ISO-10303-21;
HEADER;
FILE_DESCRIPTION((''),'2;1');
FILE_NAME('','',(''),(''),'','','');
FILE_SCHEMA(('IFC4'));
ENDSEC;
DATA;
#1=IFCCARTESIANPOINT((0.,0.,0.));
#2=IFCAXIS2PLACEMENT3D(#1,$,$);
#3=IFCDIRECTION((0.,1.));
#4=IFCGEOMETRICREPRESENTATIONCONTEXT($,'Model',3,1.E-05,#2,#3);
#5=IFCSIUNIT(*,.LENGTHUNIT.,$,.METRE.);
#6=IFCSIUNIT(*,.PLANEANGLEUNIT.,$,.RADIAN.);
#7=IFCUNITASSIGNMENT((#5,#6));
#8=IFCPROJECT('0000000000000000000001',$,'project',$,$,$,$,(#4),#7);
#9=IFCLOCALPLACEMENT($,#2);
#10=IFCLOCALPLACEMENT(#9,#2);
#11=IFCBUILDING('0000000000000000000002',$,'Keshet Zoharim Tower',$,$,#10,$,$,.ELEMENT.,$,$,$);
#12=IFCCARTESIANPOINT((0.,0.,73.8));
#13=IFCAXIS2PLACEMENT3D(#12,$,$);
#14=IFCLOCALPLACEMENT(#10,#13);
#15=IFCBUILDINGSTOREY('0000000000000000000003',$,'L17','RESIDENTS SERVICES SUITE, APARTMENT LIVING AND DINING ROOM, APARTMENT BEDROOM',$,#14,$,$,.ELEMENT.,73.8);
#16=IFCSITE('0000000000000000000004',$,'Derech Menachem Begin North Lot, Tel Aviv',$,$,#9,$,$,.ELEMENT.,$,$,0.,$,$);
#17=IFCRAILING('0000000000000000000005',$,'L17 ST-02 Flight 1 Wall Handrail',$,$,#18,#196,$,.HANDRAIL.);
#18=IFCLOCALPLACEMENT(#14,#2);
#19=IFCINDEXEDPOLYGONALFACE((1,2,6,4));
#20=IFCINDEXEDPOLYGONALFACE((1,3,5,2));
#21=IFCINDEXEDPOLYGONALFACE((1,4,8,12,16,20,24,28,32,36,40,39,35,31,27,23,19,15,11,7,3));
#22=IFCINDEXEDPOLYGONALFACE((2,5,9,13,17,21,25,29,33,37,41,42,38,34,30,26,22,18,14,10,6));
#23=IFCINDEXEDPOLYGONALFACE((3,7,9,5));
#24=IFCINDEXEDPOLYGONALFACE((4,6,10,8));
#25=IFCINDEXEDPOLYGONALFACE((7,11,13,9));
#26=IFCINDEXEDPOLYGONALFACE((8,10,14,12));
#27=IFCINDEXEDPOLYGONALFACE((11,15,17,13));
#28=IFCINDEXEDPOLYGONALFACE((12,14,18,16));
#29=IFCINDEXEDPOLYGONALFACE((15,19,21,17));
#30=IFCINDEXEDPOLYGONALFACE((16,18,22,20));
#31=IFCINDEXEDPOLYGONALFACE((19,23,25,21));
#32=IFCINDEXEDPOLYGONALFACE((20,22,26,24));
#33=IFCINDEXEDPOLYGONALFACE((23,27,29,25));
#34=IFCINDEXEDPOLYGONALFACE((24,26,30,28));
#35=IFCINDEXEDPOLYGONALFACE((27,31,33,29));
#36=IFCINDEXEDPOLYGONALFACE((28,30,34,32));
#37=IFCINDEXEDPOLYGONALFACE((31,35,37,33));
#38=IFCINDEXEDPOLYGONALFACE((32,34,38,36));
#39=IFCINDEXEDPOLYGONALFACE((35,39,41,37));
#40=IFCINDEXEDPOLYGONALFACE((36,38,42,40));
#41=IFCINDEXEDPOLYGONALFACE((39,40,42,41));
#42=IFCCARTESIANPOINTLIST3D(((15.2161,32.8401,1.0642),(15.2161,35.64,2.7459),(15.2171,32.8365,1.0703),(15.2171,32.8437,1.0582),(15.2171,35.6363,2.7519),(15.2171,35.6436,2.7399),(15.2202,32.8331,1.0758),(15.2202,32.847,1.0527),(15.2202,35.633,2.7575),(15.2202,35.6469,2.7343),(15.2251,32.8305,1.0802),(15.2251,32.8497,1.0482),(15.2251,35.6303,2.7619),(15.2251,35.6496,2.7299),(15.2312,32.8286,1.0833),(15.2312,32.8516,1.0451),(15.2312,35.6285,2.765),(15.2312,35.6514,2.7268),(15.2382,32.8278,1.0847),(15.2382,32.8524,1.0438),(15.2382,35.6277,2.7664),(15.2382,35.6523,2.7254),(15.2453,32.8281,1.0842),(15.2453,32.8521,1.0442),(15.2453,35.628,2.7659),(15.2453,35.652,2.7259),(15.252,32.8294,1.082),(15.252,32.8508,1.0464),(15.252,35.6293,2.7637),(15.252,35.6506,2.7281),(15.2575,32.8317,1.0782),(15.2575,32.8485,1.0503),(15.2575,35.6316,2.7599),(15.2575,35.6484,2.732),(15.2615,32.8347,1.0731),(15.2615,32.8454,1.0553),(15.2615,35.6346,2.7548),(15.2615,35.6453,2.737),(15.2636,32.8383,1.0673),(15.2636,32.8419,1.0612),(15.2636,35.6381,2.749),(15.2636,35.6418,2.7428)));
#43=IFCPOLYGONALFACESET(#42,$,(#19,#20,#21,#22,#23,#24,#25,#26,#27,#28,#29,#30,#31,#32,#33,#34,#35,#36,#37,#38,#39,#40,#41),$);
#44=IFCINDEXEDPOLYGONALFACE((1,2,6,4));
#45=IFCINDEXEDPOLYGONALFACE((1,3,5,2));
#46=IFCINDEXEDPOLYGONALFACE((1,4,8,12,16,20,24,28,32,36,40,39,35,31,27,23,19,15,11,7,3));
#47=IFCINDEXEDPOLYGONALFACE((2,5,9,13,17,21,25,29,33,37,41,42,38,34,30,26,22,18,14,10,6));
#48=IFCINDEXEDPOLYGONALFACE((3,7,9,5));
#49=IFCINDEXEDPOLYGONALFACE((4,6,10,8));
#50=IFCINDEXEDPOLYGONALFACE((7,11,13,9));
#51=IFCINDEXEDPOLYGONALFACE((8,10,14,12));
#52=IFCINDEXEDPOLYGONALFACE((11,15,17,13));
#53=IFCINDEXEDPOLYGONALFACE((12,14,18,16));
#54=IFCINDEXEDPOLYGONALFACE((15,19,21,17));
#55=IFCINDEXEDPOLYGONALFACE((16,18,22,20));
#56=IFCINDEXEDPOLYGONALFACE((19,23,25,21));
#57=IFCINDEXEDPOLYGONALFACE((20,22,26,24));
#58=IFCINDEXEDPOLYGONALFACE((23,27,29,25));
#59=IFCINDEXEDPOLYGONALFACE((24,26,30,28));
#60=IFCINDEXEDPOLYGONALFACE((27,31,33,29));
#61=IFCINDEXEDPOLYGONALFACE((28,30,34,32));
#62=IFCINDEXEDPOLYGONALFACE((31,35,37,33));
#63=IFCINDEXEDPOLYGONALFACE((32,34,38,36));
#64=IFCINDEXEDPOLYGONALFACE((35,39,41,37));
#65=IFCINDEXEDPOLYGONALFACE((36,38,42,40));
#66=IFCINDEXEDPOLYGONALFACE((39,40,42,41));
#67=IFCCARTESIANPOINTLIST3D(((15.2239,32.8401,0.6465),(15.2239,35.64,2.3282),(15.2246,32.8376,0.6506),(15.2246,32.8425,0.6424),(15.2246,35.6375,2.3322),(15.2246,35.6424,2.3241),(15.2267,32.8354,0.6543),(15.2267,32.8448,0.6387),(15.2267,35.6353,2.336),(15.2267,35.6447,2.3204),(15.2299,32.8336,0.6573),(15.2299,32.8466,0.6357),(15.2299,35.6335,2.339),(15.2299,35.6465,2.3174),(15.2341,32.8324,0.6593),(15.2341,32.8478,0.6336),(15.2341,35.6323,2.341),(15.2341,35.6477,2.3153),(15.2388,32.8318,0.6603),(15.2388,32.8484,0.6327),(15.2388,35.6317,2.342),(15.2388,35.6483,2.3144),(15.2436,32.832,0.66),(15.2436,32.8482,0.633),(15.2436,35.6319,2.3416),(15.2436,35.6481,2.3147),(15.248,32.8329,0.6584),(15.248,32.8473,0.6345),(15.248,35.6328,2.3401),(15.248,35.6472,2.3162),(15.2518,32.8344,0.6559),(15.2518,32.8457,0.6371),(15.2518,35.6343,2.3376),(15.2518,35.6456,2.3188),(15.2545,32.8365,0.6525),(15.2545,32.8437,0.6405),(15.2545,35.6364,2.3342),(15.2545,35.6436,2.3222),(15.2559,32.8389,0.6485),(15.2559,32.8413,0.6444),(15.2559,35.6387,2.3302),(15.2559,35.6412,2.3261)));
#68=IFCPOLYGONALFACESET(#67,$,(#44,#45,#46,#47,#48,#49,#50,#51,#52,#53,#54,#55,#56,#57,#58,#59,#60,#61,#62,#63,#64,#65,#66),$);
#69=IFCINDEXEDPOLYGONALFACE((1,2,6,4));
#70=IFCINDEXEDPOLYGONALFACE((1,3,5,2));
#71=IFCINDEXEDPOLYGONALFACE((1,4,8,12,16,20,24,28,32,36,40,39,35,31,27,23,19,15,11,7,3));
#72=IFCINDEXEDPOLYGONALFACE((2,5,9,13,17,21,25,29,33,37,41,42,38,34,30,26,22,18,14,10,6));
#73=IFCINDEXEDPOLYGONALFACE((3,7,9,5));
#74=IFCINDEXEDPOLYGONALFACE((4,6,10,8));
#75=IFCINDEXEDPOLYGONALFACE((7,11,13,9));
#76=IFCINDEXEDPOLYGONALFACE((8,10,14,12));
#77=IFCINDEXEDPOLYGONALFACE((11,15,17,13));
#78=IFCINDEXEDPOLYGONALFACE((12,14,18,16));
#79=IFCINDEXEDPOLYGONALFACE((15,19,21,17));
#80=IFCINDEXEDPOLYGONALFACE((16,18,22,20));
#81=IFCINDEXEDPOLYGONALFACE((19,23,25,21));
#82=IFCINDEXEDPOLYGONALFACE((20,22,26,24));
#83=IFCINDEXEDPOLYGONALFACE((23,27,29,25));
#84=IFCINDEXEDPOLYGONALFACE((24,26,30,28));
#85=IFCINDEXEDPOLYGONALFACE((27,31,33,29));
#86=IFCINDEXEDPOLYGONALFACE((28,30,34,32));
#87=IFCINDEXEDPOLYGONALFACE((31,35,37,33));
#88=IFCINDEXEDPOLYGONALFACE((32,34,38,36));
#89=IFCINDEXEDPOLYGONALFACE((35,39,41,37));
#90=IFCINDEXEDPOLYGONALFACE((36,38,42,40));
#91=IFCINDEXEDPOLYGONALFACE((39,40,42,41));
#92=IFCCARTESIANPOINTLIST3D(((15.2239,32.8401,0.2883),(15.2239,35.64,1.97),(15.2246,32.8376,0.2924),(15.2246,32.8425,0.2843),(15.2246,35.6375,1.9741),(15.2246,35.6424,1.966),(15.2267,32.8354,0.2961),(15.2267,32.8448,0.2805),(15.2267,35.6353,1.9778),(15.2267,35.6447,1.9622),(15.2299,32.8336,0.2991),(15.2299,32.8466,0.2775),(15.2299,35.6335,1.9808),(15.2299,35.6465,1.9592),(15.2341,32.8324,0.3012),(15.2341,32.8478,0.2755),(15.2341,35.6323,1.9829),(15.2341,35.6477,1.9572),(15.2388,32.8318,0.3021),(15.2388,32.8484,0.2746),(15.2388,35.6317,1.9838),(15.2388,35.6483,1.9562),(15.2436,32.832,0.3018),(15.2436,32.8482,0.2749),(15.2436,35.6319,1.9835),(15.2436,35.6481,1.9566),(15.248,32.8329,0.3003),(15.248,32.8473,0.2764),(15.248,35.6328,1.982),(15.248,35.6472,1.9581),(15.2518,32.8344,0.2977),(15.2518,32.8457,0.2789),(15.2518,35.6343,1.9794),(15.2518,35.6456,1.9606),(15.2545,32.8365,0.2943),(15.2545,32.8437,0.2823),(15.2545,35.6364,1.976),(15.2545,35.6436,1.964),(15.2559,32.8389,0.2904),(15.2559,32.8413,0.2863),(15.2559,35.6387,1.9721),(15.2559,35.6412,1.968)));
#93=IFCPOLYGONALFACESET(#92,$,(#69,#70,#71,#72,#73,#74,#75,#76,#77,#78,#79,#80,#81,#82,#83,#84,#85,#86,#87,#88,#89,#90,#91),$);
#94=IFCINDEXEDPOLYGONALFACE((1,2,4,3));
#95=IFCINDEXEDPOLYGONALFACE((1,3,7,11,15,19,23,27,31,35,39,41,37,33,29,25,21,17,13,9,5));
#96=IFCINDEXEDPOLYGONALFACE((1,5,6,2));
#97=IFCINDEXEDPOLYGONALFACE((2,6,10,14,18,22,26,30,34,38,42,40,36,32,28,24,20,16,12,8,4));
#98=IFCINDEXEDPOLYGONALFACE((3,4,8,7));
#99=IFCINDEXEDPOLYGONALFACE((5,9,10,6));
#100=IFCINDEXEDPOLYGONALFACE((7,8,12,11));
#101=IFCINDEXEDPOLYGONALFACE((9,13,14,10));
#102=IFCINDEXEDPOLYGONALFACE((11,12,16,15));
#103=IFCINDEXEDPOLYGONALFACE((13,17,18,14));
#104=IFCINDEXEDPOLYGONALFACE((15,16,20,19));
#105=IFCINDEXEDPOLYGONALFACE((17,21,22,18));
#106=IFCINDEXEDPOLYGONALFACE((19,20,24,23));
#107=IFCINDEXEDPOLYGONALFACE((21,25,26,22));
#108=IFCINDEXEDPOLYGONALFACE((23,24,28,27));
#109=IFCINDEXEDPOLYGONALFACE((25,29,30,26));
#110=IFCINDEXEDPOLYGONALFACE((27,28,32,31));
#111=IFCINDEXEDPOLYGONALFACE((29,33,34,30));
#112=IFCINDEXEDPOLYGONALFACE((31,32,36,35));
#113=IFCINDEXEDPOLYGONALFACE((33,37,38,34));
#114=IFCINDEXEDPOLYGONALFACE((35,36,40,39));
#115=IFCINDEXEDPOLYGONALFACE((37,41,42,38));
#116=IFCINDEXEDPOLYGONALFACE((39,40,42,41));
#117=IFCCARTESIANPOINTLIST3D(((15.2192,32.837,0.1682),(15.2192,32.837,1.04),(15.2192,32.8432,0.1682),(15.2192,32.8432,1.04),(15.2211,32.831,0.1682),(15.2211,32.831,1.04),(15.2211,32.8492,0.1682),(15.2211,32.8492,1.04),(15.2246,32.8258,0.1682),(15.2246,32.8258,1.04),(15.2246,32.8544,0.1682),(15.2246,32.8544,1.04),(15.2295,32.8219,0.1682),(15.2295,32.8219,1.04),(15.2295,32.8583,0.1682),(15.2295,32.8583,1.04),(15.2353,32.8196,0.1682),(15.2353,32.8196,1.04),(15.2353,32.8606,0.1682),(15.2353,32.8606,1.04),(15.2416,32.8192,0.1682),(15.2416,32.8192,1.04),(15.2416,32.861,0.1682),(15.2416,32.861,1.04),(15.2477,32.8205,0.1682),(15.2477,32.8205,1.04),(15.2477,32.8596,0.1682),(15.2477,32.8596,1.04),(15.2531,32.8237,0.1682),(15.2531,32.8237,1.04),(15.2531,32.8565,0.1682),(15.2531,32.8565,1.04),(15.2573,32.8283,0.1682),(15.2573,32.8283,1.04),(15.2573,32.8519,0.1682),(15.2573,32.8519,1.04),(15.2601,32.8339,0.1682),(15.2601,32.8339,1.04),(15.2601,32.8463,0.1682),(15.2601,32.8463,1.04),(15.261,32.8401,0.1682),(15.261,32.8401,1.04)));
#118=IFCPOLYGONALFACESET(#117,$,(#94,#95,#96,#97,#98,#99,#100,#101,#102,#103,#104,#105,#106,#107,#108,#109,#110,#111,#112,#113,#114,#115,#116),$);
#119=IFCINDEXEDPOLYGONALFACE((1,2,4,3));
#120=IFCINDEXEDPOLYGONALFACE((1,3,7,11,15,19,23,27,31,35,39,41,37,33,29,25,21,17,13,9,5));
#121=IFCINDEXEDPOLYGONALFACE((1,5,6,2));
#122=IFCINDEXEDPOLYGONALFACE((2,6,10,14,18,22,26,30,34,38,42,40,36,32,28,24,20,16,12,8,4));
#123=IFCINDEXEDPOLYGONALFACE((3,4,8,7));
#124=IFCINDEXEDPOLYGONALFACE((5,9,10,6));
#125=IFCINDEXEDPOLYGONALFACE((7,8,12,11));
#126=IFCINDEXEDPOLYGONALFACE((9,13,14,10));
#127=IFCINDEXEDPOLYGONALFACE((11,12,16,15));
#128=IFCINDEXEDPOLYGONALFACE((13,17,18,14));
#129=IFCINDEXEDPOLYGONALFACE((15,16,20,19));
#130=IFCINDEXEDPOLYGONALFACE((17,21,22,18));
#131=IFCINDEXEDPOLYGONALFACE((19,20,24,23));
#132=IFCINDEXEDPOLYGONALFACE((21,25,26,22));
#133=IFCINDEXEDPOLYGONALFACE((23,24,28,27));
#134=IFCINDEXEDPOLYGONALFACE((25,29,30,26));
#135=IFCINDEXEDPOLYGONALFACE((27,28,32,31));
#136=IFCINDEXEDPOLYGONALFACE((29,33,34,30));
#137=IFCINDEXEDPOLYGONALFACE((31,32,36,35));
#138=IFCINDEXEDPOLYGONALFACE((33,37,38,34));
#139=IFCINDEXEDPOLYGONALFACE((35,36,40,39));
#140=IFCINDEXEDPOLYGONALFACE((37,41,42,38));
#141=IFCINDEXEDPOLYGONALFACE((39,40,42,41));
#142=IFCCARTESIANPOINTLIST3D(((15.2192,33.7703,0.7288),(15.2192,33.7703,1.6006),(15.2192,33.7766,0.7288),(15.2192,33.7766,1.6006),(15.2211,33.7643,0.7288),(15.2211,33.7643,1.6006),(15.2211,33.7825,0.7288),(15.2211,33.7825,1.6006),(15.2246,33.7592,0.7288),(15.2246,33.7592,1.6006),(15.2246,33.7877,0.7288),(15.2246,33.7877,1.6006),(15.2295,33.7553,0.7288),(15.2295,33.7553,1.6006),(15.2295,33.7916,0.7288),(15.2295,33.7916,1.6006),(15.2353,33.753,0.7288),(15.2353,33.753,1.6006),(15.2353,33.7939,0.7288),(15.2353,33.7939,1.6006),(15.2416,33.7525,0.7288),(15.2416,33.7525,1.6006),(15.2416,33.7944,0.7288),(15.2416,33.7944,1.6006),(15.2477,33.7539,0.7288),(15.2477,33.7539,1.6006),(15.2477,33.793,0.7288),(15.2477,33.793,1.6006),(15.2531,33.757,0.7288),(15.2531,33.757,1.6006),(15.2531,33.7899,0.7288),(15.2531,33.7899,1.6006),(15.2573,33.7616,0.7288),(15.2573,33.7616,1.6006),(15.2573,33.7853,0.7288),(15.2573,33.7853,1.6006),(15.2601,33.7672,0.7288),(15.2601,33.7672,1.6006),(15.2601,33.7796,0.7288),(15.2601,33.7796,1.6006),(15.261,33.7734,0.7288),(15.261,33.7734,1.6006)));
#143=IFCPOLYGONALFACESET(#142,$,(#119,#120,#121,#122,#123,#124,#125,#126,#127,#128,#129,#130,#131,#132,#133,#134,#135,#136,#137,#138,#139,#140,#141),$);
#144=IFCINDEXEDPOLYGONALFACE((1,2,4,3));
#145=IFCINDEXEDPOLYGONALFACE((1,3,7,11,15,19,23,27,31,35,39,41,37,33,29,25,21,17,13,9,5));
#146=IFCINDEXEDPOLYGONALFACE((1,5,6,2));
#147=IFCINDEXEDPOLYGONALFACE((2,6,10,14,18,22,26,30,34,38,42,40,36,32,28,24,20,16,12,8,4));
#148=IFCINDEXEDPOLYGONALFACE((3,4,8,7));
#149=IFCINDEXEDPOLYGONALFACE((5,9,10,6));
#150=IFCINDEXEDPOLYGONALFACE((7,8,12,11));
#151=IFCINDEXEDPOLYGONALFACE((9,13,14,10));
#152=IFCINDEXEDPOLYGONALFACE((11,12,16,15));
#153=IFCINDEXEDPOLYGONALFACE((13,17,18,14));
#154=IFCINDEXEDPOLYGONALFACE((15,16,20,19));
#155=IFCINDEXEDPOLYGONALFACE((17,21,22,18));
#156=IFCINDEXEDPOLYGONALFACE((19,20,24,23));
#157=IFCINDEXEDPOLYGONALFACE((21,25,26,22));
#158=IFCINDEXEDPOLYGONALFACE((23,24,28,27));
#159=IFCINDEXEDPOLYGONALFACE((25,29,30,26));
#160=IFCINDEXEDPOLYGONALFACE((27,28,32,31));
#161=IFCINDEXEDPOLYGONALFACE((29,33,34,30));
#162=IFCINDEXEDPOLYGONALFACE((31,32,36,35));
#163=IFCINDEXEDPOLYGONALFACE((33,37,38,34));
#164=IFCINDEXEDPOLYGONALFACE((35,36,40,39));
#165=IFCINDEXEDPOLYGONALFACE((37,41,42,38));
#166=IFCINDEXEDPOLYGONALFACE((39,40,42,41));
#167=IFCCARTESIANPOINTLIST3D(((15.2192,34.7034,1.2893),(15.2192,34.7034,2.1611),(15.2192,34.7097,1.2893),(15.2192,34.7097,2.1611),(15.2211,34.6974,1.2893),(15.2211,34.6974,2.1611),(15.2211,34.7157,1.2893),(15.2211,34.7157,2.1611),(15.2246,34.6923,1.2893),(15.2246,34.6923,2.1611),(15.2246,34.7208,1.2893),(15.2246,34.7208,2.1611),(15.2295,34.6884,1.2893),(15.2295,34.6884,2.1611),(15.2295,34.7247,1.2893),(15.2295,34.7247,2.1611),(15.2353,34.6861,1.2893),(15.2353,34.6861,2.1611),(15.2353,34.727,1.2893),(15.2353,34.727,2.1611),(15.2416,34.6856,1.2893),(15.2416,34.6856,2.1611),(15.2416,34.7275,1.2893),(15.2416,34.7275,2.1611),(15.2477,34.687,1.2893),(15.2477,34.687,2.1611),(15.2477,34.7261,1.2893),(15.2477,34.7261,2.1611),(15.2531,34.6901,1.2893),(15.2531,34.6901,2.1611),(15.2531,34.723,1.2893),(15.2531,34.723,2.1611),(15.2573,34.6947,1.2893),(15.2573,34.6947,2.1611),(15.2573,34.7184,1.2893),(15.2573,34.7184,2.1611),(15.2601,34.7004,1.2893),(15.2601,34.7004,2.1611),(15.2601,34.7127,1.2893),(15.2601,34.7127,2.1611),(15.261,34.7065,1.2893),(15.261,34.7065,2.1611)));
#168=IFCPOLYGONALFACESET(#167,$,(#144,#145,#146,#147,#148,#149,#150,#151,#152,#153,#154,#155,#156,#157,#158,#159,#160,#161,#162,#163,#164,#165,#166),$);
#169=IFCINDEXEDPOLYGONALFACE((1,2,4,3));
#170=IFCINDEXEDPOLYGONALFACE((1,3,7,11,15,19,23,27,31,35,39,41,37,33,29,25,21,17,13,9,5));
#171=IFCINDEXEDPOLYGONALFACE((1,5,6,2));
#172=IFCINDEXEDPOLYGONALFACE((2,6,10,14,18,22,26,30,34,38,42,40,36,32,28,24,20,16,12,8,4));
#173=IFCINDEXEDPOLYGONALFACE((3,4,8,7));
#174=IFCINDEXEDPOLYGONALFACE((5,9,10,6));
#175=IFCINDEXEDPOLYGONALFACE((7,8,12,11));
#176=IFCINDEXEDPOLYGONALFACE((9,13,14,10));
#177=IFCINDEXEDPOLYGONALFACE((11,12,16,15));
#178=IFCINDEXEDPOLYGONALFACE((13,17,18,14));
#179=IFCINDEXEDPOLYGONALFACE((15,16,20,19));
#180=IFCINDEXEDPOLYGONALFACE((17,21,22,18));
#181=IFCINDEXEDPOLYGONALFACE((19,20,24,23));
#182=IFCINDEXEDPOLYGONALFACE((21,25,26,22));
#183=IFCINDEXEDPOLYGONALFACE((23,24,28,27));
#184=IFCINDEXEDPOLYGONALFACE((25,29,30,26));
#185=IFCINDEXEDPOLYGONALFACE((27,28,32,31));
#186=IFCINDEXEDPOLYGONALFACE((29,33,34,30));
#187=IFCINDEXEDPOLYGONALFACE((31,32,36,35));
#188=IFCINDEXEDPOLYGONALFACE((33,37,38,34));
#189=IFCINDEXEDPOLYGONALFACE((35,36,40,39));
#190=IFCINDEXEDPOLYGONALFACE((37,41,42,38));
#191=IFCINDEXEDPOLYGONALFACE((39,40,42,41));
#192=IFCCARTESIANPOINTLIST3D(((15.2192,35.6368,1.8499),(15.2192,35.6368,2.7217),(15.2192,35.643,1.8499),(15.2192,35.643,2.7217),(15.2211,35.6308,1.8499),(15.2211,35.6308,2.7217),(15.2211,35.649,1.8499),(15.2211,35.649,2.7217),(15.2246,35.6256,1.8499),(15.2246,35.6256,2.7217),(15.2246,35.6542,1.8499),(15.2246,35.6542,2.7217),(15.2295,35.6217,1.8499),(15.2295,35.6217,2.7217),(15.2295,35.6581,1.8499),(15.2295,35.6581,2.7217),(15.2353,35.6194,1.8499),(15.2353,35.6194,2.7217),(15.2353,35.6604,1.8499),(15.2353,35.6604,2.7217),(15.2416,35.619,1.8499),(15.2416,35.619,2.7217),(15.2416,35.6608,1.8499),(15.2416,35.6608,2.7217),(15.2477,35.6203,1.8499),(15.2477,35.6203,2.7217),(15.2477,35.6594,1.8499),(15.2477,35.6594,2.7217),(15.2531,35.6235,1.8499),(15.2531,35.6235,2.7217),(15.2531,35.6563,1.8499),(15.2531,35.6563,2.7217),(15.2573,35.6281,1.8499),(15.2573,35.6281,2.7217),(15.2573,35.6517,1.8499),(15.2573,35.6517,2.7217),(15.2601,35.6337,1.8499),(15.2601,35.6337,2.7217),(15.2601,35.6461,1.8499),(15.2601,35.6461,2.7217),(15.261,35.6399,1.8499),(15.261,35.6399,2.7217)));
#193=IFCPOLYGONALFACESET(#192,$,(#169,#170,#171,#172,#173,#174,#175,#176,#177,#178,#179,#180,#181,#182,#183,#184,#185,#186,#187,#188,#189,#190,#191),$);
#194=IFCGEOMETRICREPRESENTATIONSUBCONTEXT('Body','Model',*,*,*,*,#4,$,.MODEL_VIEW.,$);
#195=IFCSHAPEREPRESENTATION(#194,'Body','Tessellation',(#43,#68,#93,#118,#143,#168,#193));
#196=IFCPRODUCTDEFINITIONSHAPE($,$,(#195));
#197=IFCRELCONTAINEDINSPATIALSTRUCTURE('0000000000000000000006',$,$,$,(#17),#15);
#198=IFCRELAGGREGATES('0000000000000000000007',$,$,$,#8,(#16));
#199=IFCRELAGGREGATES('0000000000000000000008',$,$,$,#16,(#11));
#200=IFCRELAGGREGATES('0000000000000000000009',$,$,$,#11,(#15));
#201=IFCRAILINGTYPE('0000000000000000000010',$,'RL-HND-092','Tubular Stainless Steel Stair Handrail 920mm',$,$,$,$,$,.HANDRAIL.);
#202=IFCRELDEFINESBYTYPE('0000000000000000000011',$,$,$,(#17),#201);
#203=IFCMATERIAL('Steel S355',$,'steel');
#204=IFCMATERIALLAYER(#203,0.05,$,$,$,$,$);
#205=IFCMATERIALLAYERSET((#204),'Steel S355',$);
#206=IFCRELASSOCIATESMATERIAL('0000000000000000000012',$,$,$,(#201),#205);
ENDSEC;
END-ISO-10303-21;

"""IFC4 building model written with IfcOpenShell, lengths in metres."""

from ifc_helpers import new_model, si_unit, direction, frame, origin, origin_2d, place, context, subcontext, project, spatial, circle, extrude, material, layer, layer_set, type_object, element, save


model = new_model("IFC4")

# Units and contexts
model_context = context("Model", 3, precision=1e-05, world=origin(), true_north=direction((0.0, 1.0)))
body_context = subcontext(model_context, "Body", "Model", "MODEL_VIEW")
ifc_project = project(units=[si_unit("LENGTHUNIT", "METRE"), si_unit("PLANEANGLEUNIT", "RADIAN")], contexts=[model_context])

# Site, building, storey
site_placement = place(None, origin())
site = spatial("IfcSite", under=ifc_project, at=site_placement, Name="Derech Menachem Begin North Lot, Tel Aviv", CompositionType="ELEMENT", RefElevation=0.0)
building_placement = place(site_placement, origin())
building = spatial("IfcBuilding", under=site, at=building_placement, Name="Keshet Zoharim Tower", CompositionType="ELEMENT")
storey_placement = place(building_placement, frame((0.0, 0.0, 73.8)))
storey = spatial("IfcBuildingStorey", under=building, at=storey_placement, Name="L17", Description="RESIDENTS SERVICES SUITE, APARTMENT LIVING AND DINING ROOM, APARTMENT BEDROOM", CompositionType="ELEMENT", Elevation=73.8)

# Shared definitions
ifc_material_1 = material(Name="Steel S355", Category="steel")

# Railing
ifc_layer_1 = layer(ifc_material_1, 0.05)
ifc_layer_set_1 = layer_set([ifc_layer_1], Name="Steel S355")
railing_type_1 = type_object("IfcRailingType", Name="RL-HND-092", Description="Tubular Stainless Steel Stair Handrail 920mm", PredefinedType="HANDRAIL", material=ifc_layer_set_1)
railing_1_placement = place(storey_placement, frame((15.24, 32.8401, 0.1682)))
element("IfcRailing", 1, at=railing_1_placement, inside=storey, type_object=railing_type_1, Name="L17 ST-02 Flight 1 Wall Handrail", PredefinedType="HANDRAIL", context=body_context, shape_type="SweptSolid", body=[
    extrude(circle(Radius=0.0239, at=origin_2d()), frame((0.0, 0.0, 0.896), z_axis=(0.0, 0.857255, 0.514891), x_axis=(-1.0, 0.0, 0.0)), (0.0, 0.0, 1.0), 3.2661),
    extrude(circle(Radius=0.0161, at=origin_2d()), frame((0.0, 0.0, 0.4783), z_axis=(0.0, 0.857255, 0.514891), x_axis=(-1.0, 0.0, 0.0)), (0.0, 0.0, 1.0), 3.2661),
    extrude(circle(Radius=0.0161, at=origin_2d()), frame((0.0, 0.0, 0.1201), z_axis=(0.0, 0.857255, 0.514891), x_axis=(-1.0, 0.0, 0.0)), (0.0, 0.0, 1.0), 3.2661),
    extrude(circle(Radius=0.021, at=origin_2d()), origin(), (0.0, 0.0, 1.0), 0.8718),
    extrude(circle(Radius=0.021, at=origin_2d()), frame((0.0, 0.9333, 0.5605)), (0.0, 0.0, 1.0), 0.8718),
    extrude(circle(Radius=0.021, at=origin_2d()), frame((0.0, 1.8665, 1.1211)), (0.0, 0.0, 1.0), 0.8718),
    extrude(circle(Radius=0.021, at=origin_2d()), frame((0.0, 2.7998, 1.6816)), (0.0, 0.0, 1.0), 0.8718),
])

save(model, "model.ifc")
